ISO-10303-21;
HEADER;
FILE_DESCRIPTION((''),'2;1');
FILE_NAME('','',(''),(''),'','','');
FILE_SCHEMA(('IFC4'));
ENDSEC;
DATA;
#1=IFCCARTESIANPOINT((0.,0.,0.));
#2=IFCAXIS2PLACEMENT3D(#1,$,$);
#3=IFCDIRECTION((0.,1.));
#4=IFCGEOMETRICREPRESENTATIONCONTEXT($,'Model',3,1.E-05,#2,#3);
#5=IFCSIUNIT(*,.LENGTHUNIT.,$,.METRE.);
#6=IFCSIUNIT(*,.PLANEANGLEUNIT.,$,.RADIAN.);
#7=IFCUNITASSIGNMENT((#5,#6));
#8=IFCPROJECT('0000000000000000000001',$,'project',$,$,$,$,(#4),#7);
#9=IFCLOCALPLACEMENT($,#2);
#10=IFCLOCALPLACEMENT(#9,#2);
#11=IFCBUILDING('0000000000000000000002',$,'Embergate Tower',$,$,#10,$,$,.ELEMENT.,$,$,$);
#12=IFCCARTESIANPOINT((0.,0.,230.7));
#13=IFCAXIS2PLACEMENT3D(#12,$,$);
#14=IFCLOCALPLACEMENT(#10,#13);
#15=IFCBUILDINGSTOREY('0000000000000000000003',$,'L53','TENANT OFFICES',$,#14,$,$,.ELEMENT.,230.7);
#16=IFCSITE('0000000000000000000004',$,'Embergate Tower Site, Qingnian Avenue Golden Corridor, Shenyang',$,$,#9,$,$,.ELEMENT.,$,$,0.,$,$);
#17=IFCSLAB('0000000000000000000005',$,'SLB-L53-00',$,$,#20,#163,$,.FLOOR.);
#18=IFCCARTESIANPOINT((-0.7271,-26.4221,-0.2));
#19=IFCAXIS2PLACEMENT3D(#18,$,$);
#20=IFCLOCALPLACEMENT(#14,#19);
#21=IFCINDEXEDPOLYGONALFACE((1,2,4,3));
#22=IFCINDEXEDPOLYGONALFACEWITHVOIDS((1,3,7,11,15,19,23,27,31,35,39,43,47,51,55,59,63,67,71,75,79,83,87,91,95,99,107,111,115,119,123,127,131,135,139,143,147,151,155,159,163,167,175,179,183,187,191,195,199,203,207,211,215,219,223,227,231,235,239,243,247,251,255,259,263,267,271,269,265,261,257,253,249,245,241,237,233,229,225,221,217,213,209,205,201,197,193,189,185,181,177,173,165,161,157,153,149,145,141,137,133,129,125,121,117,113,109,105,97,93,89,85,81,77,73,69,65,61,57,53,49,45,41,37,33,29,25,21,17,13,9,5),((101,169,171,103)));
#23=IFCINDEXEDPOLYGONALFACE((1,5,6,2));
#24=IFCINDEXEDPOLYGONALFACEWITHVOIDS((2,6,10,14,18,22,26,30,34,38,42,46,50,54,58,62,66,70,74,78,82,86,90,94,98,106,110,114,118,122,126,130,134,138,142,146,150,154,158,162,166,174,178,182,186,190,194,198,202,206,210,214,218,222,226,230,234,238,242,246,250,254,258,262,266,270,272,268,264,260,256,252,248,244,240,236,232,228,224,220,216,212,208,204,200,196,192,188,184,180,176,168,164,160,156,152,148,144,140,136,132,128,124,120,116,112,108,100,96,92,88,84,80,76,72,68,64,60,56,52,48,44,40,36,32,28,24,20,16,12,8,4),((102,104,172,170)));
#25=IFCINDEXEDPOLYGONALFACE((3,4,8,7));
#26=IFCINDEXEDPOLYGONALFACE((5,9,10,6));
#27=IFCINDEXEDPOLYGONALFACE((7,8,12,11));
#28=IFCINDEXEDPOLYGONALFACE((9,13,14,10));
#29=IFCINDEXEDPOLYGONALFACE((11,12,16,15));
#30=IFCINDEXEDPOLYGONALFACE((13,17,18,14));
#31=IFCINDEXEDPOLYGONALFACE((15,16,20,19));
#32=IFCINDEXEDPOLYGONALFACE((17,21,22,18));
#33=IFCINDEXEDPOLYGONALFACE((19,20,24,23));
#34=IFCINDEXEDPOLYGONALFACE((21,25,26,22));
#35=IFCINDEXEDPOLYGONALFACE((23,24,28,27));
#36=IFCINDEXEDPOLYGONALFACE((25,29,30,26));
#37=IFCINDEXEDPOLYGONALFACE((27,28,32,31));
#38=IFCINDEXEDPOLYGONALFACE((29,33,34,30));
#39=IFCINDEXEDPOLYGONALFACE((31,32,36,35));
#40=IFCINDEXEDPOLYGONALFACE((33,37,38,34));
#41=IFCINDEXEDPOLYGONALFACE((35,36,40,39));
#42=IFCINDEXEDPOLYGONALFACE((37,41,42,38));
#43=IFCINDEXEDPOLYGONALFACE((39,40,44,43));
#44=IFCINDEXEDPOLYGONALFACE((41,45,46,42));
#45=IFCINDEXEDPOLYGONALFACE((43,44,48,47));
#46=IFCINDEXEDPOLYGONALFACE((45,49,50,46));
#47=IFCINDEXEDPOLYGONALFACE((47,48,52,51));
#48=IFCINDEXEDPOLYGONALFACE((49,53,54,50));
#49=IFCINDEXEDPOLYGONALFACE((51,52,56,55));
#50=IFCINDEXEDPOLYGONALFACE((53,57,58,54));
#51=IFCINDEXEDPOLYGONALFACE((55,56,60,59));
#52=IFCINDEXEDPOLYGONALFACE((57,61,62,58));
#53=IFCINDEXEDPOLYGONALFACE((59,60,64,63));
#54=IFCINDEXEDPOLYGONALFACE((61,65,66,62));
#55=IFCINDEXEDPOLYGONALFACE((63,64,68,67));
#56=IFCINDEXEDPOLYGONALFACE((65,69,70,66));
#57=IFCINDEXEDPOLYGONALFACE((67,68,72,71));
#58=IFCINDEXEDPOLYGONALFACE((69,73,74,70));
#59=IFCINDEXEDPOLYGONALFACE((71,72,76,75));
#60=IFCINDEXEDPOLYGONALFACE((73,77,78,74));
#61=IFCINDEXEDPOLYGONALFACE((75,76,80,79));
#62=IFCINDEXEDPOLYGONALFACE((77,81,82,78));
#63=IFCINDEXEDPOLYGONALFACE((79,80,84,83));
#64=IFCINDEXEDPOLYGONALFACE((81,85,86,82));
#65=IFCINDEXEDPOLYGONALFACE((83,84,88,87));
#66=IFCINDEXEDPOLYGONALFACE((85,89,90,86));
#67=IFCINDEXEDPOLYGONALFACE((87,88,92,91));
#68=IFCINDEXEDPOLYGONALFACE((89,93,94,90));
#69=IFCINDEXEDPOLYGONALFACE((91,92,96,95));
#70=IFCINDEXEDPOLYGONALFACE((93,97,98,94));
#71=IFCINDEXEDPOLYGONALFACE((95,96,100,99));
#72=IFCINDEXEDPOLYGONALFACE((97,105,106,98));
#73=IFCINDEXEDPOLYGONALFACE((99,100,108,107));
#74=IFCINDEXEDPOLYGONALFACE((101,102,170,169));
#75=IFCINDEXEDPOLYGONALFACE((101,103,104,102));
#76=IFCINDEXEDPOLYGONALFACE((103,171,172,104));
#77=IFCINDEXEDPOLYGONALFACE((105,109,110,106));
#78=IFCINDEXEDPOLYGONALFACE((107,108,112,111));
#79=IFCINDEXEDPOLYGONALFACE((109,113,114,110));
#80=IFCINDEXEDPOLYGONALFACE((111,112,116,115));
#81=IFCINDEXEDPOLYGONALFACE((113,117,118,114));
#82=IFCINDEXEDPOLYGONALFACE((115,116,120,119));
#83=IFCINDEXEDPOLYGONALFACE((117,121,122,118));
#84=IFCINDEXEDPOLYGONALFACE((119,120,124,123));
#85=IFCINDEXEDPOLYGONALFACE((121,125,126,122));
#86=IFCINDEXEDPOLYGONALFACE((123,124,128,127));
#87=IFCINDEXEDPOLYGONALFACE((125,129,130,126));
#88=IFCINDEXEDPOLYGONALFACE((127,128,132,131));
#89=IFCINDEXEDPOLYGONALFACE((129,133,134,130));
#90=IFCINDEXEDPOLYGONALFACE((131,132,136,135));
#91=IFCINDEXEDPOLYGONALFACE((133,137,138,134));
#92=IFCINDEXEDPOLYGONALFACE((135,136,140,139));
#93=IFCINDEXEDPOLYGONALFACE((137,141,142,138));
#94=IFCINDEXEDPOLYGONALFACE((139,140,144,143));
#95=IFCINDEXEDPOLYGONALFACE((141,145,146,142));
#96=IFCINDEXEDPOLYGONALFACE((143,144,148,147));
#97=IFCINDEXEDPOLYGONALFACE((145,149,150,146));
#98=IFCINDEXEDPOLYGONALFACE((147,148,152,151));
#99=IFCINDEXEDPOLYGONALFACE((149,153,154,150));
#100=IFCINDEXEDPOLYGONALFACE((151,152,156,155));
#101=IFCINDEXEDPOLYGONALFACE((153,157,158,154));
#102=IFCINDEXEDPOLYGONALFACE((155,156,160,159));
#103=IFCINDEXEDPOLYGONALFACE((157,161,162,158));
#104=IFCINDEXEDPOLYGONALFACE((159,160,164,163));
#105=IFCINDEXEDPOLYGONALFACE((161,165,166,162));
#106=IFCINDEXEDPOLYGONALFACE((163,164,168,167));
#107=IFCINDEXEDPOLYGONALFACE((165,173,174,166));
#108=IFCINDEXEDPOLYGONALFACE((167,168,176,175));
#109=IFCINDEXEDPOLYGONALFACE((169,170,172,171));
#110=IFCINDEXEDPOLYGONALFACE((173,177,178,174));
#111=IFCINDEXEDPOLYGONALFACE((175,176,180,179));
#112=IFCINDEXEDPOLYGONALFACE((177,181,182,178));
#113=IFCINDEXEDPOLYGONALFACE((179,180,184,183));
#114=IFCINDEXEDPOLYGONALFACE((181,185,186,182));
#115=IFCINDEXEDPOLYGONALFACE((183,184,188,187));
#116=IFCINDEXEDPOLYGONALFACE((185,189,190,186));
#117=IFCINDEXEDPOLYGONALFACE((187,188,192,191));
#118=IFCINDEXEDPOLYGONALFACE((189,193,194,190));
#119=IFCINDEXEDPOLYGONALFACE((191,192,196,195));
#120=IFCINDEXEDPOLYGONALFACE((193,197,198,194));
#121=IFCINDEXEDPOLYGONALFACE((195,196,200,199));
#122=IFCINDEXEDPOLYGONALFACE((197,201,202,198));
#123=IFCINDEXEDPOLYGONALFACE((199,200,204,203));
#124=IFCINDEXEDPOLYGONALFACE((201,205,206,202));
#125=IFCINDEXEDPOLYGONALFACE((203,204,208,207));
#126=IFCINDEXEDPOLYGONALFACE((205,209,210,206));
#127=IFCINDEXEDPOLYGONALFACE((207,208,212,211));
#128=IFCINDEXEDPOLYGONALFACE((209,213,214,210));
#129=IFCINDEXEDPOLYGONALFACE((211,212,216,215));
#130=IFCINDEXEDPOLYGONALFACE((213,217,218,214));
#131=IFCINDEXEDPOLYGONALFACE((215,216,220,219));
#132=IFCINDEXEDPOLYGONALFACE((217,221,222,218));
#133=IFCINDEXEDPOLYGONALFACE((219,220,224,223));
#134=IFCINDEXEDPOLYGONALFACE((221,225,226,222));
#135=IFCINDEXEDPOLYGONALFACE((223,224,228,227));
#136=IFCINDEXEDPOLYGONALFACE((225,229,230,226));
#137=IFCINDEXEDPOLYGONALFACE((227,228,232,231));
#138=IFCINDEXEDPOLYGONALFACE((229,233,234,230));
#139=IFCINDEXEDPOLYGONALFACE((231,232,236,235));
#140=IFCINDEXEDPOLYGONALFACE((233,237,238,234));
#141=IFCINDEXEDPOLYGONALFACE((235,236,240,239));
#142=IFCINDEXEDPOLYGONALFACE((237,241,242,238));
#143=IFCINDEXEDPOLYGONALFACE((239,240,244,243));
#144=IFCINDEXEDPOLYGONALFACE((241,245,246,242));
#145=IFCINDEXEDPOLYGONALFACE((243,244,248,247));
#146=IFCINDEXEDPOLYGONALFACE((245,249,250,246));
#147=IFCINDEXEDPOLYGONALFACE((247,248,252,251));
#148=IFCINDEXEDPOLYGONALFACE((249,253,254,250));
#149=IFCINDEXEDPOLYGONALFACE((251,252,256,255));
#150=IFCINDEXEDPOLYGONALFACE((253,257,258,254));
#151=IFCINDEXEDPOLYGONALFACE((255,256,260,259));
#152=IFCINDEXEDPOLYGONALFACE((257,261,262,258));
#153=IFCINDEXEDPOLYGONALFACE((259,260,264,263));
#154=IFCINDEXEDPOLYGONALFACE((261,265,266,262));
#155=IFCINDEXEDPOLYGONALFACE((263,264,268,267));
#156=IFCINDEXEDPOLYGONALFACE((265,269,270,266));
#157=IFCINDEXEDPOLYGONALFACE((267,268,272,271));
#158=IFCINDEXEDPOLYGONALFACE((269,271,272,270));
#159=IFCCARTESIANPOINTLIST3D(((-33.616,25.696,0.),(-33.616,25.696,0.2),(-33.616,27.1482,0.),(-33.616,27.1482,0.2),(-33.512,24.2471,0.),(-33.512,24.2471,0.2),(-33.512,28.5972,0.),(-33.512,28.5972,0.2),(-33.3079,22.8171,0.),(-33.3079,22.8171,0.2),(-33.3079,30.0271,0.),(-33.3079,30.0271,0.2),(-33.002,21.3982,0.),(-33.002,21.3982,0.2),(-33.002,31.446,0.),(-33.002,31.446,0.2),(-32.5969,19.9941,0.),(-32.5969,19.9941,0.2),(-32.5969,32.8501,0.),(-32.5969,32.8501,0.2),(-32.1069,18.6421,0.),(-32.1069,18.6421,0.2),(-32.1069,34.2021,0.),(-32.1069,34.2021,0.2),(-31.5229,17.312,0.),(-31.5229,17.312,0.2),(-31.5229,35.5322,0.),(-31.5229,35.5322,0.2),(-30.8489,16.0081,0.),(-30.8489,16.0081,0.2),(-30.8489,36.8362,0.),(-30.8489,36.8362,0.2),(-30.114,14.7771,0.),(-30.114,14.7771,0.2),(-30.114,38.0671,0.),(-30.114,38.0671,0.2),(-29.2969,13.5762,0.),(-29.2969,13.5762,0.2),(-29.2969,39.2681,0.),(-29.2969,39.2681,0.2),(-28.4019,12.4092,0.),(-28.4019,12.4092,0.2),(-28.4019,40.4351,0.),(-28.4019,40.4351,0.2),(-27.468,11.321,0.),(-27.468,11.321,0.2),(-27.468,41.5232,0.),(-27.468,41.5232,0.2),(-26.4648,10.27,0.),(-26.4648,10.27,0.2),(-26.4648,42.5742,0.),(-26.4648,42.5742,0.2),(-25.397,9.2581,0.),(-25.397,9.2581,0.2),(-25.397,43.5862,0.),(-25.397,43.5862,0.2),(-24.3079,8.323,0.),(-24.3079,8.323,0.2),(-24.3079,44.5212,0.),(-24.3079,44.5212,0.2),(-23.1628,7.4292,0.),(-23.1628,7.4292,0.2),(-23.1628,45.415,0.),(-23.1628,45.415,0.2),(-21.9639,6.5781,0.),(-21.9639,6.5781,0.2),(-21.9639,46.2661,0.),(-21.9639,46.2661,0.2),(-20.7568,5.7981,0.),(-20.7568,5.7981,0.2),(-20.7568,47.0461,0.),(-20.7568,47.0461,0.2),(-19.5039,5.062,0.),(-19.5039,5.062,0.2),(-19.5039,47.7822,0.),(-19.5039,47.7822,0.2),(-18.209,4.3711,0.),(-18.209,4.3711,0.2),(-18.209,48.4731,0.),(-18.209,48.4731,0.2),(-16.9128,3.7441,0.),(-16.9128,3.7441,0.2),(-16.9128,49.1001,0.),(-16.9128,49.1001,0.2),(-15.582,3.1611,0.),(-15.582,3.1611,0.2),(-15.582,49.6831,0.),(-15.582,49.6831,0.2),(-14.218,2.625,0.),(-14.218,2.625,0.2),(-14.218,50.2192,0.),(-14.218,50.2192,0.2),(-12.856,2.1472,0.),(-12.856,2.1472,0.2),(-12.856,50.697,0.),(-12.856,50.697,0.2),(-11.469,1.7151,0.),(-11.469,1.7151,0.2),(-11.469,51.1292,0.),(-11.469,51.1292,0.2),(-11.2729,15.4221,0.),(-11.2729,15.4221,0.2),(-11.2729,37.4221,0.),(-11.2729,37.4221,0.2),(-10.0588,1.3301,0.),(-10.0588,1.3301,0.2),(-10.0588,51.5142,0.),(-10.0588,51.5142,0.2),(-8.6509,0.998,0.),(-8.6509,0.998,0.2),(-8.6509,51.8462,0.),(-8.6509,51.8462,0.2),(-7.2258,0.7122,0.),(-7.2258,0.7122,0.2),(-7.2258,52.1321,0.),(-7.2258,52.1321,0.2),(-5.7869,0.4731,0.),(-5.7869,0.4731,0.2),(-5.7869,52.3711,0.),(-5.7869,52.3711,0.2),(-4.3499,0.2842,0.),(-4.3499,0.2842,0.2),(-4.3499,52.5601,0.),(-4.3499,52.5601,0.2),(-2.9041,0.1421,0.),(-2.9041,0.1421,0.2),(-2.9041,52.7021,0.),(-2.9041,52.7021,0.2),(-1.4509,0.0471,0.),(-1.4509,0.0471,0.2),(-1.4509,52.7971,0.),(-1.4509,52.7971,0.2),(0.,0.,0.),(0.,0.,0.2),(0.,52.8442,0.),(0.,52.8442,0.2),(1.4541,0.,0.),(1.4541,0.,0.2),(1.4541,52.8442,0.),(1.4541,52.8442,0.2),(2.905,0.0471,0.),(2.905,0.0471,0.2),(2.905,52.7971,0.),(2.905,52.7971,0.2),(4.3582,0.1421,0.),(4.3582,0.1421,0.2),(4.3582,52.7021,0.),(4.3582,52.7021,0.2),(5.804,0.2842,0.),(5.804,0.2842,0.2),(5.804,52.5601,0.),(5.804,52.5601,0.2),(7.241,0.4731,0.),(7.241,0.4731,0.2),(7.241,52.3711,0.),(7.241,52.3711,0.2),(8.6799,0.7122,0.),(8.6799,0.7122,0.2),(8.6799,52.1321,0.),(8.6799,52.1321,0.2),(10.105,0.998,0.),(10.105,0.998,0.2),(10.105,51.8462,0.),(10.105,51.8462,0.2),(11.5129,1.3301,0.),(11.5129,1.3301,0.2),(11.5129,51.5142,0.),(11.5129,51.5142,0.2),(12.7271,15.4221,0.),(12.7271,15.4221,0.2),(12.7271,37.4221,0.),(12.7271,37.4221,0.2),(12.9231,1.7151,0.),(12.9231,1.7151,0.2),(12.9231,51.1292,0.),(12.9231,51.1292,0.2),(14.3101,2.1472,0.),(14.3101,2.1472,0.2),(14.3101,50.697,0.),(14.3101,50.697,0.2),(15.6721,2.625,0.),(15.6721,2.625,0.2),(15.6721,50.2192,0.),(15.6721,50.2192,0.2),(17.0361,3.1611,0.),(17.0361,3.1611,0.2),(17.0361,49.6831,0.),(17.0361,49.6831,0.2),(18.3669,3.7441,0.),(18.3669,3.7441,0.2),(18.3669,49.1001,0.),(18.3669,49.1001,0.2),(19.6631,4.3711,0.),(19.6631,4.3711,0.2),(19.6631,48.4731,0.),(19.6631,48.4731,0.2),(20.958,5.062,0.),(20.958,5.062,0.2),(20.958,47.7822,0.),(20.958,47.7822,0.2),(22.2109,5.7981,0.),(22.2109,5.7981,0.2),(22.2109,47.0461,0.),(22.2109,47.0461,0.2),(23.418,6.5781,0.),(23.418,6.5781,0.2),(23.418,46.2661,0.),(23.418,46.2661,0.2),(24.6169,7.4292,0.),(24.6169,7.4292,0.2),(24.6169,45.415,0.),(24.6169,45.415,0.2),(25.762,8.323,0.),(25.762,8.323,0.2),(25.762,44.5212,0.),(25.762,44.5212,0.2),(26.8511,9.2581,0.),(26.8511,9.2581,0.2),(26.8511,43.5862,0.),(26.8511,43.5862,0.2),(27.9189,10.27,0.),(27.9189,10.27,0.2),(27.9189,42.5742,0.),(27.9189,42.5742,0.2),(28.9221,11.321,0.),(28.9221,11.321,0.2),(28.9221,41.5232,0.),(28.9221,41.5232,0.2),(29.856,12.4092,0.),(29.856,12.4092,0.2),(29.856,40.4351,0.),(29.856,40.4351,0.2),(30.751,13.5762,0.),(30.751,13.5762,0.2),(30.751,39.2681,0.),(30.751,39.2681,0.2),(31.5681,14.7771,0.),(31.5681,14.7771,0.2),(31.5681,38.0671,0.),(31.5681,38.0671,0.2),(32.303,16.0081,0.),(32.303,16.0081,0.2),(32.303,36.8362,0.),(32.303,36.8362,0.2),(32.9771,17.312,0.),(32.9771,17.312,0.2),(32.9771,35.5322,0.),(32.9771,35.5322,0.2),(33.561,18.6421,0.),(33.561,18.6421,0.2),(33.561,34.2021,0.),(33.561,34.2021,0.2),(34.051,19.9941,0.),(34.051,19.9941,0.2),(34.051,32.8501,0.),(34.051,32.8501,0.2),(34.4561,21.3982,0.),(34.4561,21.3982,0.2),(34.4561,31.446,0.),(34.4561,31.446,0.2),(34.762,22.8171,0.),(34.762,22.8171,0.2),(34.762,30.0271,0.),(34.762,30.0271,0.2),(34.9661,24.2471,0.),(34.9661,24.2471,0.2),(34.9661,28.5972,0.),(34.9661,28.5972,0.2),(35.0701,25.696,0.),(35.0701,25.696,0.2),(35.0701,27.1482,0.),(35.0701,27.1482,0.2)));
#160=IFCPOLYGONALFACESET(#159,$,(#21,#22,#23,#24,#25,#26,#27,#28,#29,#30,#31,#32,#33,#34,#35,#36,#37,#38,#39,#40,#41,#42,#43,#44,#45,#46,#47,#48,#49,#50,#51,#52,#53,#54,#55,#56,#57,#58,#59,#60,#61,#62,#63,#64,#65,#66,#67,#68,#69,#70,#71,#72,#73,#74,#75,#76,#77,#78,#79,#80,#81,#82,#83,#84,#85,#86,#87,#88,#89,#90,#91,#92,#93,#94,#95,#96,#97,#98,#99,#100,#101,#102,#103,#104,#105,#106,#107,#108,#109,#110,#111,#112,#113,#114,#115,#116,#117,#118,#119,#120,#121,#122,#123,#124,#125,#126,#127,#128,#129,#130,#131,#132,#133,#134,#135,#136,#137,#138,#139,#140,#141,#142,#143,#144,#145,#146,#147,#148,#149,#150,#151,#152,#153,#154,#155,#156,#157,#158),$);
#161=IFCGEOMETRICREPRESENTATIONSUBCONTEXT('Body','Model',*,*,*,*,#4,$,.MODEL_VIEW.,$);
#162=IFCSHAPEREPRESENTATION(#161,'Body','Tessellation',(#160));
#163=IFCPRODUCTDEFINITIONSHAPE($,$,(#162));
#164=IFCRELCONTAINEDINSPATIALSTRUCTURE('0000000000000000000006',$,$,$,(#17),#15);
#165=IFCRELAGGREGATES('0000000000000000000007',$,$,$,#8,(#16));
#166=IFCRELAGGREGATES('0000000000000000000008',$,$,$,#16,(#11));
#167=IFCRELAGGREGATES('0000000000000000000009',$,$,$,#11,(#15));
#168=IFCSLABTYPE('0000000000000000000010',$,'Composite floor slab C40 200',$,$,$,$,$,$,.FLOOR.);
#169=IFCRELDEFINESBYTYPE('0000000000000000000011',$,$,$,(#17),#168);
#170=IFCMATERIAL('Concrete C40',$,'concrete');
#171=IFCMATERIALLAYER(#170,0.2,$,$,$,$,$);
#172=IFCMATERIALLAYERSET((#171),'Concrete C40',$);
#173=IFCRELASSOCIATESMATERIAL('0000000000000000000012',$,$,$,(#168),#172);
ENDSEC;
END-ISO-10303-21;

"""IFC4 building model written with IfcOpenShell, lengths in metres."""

from ifc_helpers import new_model, si_unit, direction, frame, origin, place, context, subcontext, project, spatial, polyline, outline, extrude, source, transform, mapped, material, layer, layer_set, type_object, element, save


model = new_model("IFC4")

# Units and contexts
model_context = context("Model", 3, precision=1e-05, world=origin(), true_north=direction((0.0, 1.0)))
body_context = subcontext(model_context, "Body", "Model", "MODEL_VIEW")
ifc_project = project(units=[si_unit("LENGTHUNIT", "METRE"), si_unit("PLANEANGLEUNIT", "RADIAN")], contexts=[model_context])

# Site, building, storey
site_placement = place(None, origin())
site = spatial("IfcSite", under=ifc_project, at=site_placement, Name="Embergate Tower Site, Qingnian Avenue Golden Corridor, Shenyang", CompositionType="ELEMENT", RefElevation=0.0)
building_placement = place(site_placement, origin())
building = spatial("IfcBuilding", under=site, at=building_placement, Name="Embergate Tower", CompositionType="ELEMENT")
storey_placement = place(building_placement, frame((0.0, 0.0, 230.7)))
storey = spatial("IfcBuildingStorey", under=building, at=storey_placement, Name="L53", Description="TENANT OFFICES", CompositionType="ELEMENT", Elevation=230.7)

# Slab
ifc_material_1 = material(Name="Concrete C40", Category="concrete")
ifc_layer_1 = layer(ifc_material_1, 0.2)
ifc_layer_set_1 = layer_set([ifc_layer_1], Name="Concrete C40")
slab_type = type_object("IfcSlabType", Name="Composite floor slab C40 200", PredefinedType="FLOOR", material=ifc_layer_set_1)
shared_shape_1 = source(origin(), body_context, "Body", "SweptSolid", [
    extrude(outline(polyline([(0.0, 0.0), (1.4541, 0.0), (2.905, 0.0471), (4.3582, 0.1421), (5.804, 0.2842), (7.241, 0.4731), (8.6799, 0.7122), (10.105, 0.998), (11.5129, 1.3301), (12.9231, 1.7151), (14.3101, 2.1472), (15.6721, 2.625), (17.0361, 3.1611), (18.3669, 3.7441), (19.6631, 4.3711), (20.958, 5.062), (22.2109, 5.7981), (23.418, 6.5781), (24.6169, 7.4292), (25.762, 8.323), (26.8511, 9.2581), (27.9189, 10.27), (28.9221, 11.321), (29.856, 12.4092), (30.751, 13.5762), (31.5681, 14.7771), (32.303, 16.0081), (32.9771, 17.312), (33.561, 18.6421), (34.051, 19.9941), (34.4561, 21.3982), (34.762, 22.8171), (34.9661, 24.2471), (35.0701, 25.696), (35.0701, 27.1482), (34.9661, 28.5972), (34.762, 30.0271), (34.4561, 31.446), (34.051, 32.8501), (33.561, 34.2021), (32.9771, 35.5322), (32.303, 36.8362), (31.5681, 38.0671), (30.751, 39.2681), (29.856, 40.4351), (28.9221, 41.5232), (27.9189, 42.5742), (26.8511, 43.5862), (25.762, 44.5212), (24.6169, 45.415), (23.418, 46.2661), (22.2109, 47.0461), (20.958, 47.7822), (19.6631, 48.4731), (18.3669, 49.1001), (17.0361, 49.6831), (15.6721, 50.2192), (14.3101, 50.697), (12.9231, 51.1292), (11.5129, 51.5142), (10.105, 51.8462), (8.6799, 52.1321), (7.241, 52.3711), (5.804, 52.5601), (4.3582, 52.7021), (2.905, 52.7971), (1.4541, 52.8442), (0.0, 52.8442), (-1.4509, 52.7971), (-2.9041, 52.7021), (-4.3499, 52.5601), (-5.7869, 52.3711), (-7.2258, 52.1321), (-8.6509, 51.8462), (-10.0588, 51.5142), (-11.469, 51.1292), (-12.856, 50.697), (-14.218, 50.2192), (-15.582, 49.6831), (-16.9128, 49.1001), (-18.209, 48.4731), (-19.5039, 47.7822), (-20.7568, 47.0461), (-21.9639, 46.2661), (-23.1628, 45.415), (-24.3079, 44.5212), (-25.397, 43.5862), (-26.4648, 42.5742), (-27.468, 41.5232), (-28.4019, 40.4351), (-29.2969, 39.2681), (-30.114, 38.0671), (-30.8489, 36.8362), (-31.5229, 35.5322), (-32.1069, 34.2021), (-32.5969, 32.8501), (-33.002, 31.446), (-33.3079, 30.0271), (-33.512, 28.5972), (-33.616, 27.1482), (-33.616, 25.696), (-33.512, 24.2471), (-33.3079, 22.8171), (-33.002, 21.3982), (-32.5969, 19.9941), (-32.1069, 18.6421), (-31.5229, 17.312), (-30.8489, 16.0081), (-30.114, 14.7771), (-29.2969, 13.5762), (-28.4019, 12.4092), (-27.468, 11.321), (-26.4648, 10.27), (-25.397, 9.2581), (-24.3079, 8.323), (-23.1628, 7.4292), (-21.9639, 6.5781), (-20.7568, 5.7981), (-19.5039, 5.062), (-18.209, 4.3711), (-16.9128, 3.7441), (-15.582, 3.1611), (-14.218, 2.625), (-12.856, 2.1472), (-11.469, 1.7151), (-10.0588, 1.3301), (-8.6509, 0.998), (-7.2258, 0.7122), (-5.7869, 0.4731), (-4.3499, 0.2842), (-2.9041, 0.1421), (-1.4509, 0.0471), (0.0, 0.0)]), holes=[polyline([(-11.2729, 15.4221), (-11.2729, 37.4221), (12.7271, 37.4221), (12.7271, 15.4221), (-11.2729, 15.4221)])]), origin(), (0.0, 0.0, 1.0), 0.2),
])
slab_placement = place(storey_placement, frame((-0.7271, -26.4221, -0.2)))
element("IfcSlab", 1, at=slab_placement, inside=storey, type_object=slab_type, Name="SLB-L53-00", PredefinedType="FLOOR", context=body_context, shape_type="MappedRepresentation", body=[
    mapped(shared_shape_1, transform((0.0, 0.0, 0.0))),
])

save(model, "model.ifc")
